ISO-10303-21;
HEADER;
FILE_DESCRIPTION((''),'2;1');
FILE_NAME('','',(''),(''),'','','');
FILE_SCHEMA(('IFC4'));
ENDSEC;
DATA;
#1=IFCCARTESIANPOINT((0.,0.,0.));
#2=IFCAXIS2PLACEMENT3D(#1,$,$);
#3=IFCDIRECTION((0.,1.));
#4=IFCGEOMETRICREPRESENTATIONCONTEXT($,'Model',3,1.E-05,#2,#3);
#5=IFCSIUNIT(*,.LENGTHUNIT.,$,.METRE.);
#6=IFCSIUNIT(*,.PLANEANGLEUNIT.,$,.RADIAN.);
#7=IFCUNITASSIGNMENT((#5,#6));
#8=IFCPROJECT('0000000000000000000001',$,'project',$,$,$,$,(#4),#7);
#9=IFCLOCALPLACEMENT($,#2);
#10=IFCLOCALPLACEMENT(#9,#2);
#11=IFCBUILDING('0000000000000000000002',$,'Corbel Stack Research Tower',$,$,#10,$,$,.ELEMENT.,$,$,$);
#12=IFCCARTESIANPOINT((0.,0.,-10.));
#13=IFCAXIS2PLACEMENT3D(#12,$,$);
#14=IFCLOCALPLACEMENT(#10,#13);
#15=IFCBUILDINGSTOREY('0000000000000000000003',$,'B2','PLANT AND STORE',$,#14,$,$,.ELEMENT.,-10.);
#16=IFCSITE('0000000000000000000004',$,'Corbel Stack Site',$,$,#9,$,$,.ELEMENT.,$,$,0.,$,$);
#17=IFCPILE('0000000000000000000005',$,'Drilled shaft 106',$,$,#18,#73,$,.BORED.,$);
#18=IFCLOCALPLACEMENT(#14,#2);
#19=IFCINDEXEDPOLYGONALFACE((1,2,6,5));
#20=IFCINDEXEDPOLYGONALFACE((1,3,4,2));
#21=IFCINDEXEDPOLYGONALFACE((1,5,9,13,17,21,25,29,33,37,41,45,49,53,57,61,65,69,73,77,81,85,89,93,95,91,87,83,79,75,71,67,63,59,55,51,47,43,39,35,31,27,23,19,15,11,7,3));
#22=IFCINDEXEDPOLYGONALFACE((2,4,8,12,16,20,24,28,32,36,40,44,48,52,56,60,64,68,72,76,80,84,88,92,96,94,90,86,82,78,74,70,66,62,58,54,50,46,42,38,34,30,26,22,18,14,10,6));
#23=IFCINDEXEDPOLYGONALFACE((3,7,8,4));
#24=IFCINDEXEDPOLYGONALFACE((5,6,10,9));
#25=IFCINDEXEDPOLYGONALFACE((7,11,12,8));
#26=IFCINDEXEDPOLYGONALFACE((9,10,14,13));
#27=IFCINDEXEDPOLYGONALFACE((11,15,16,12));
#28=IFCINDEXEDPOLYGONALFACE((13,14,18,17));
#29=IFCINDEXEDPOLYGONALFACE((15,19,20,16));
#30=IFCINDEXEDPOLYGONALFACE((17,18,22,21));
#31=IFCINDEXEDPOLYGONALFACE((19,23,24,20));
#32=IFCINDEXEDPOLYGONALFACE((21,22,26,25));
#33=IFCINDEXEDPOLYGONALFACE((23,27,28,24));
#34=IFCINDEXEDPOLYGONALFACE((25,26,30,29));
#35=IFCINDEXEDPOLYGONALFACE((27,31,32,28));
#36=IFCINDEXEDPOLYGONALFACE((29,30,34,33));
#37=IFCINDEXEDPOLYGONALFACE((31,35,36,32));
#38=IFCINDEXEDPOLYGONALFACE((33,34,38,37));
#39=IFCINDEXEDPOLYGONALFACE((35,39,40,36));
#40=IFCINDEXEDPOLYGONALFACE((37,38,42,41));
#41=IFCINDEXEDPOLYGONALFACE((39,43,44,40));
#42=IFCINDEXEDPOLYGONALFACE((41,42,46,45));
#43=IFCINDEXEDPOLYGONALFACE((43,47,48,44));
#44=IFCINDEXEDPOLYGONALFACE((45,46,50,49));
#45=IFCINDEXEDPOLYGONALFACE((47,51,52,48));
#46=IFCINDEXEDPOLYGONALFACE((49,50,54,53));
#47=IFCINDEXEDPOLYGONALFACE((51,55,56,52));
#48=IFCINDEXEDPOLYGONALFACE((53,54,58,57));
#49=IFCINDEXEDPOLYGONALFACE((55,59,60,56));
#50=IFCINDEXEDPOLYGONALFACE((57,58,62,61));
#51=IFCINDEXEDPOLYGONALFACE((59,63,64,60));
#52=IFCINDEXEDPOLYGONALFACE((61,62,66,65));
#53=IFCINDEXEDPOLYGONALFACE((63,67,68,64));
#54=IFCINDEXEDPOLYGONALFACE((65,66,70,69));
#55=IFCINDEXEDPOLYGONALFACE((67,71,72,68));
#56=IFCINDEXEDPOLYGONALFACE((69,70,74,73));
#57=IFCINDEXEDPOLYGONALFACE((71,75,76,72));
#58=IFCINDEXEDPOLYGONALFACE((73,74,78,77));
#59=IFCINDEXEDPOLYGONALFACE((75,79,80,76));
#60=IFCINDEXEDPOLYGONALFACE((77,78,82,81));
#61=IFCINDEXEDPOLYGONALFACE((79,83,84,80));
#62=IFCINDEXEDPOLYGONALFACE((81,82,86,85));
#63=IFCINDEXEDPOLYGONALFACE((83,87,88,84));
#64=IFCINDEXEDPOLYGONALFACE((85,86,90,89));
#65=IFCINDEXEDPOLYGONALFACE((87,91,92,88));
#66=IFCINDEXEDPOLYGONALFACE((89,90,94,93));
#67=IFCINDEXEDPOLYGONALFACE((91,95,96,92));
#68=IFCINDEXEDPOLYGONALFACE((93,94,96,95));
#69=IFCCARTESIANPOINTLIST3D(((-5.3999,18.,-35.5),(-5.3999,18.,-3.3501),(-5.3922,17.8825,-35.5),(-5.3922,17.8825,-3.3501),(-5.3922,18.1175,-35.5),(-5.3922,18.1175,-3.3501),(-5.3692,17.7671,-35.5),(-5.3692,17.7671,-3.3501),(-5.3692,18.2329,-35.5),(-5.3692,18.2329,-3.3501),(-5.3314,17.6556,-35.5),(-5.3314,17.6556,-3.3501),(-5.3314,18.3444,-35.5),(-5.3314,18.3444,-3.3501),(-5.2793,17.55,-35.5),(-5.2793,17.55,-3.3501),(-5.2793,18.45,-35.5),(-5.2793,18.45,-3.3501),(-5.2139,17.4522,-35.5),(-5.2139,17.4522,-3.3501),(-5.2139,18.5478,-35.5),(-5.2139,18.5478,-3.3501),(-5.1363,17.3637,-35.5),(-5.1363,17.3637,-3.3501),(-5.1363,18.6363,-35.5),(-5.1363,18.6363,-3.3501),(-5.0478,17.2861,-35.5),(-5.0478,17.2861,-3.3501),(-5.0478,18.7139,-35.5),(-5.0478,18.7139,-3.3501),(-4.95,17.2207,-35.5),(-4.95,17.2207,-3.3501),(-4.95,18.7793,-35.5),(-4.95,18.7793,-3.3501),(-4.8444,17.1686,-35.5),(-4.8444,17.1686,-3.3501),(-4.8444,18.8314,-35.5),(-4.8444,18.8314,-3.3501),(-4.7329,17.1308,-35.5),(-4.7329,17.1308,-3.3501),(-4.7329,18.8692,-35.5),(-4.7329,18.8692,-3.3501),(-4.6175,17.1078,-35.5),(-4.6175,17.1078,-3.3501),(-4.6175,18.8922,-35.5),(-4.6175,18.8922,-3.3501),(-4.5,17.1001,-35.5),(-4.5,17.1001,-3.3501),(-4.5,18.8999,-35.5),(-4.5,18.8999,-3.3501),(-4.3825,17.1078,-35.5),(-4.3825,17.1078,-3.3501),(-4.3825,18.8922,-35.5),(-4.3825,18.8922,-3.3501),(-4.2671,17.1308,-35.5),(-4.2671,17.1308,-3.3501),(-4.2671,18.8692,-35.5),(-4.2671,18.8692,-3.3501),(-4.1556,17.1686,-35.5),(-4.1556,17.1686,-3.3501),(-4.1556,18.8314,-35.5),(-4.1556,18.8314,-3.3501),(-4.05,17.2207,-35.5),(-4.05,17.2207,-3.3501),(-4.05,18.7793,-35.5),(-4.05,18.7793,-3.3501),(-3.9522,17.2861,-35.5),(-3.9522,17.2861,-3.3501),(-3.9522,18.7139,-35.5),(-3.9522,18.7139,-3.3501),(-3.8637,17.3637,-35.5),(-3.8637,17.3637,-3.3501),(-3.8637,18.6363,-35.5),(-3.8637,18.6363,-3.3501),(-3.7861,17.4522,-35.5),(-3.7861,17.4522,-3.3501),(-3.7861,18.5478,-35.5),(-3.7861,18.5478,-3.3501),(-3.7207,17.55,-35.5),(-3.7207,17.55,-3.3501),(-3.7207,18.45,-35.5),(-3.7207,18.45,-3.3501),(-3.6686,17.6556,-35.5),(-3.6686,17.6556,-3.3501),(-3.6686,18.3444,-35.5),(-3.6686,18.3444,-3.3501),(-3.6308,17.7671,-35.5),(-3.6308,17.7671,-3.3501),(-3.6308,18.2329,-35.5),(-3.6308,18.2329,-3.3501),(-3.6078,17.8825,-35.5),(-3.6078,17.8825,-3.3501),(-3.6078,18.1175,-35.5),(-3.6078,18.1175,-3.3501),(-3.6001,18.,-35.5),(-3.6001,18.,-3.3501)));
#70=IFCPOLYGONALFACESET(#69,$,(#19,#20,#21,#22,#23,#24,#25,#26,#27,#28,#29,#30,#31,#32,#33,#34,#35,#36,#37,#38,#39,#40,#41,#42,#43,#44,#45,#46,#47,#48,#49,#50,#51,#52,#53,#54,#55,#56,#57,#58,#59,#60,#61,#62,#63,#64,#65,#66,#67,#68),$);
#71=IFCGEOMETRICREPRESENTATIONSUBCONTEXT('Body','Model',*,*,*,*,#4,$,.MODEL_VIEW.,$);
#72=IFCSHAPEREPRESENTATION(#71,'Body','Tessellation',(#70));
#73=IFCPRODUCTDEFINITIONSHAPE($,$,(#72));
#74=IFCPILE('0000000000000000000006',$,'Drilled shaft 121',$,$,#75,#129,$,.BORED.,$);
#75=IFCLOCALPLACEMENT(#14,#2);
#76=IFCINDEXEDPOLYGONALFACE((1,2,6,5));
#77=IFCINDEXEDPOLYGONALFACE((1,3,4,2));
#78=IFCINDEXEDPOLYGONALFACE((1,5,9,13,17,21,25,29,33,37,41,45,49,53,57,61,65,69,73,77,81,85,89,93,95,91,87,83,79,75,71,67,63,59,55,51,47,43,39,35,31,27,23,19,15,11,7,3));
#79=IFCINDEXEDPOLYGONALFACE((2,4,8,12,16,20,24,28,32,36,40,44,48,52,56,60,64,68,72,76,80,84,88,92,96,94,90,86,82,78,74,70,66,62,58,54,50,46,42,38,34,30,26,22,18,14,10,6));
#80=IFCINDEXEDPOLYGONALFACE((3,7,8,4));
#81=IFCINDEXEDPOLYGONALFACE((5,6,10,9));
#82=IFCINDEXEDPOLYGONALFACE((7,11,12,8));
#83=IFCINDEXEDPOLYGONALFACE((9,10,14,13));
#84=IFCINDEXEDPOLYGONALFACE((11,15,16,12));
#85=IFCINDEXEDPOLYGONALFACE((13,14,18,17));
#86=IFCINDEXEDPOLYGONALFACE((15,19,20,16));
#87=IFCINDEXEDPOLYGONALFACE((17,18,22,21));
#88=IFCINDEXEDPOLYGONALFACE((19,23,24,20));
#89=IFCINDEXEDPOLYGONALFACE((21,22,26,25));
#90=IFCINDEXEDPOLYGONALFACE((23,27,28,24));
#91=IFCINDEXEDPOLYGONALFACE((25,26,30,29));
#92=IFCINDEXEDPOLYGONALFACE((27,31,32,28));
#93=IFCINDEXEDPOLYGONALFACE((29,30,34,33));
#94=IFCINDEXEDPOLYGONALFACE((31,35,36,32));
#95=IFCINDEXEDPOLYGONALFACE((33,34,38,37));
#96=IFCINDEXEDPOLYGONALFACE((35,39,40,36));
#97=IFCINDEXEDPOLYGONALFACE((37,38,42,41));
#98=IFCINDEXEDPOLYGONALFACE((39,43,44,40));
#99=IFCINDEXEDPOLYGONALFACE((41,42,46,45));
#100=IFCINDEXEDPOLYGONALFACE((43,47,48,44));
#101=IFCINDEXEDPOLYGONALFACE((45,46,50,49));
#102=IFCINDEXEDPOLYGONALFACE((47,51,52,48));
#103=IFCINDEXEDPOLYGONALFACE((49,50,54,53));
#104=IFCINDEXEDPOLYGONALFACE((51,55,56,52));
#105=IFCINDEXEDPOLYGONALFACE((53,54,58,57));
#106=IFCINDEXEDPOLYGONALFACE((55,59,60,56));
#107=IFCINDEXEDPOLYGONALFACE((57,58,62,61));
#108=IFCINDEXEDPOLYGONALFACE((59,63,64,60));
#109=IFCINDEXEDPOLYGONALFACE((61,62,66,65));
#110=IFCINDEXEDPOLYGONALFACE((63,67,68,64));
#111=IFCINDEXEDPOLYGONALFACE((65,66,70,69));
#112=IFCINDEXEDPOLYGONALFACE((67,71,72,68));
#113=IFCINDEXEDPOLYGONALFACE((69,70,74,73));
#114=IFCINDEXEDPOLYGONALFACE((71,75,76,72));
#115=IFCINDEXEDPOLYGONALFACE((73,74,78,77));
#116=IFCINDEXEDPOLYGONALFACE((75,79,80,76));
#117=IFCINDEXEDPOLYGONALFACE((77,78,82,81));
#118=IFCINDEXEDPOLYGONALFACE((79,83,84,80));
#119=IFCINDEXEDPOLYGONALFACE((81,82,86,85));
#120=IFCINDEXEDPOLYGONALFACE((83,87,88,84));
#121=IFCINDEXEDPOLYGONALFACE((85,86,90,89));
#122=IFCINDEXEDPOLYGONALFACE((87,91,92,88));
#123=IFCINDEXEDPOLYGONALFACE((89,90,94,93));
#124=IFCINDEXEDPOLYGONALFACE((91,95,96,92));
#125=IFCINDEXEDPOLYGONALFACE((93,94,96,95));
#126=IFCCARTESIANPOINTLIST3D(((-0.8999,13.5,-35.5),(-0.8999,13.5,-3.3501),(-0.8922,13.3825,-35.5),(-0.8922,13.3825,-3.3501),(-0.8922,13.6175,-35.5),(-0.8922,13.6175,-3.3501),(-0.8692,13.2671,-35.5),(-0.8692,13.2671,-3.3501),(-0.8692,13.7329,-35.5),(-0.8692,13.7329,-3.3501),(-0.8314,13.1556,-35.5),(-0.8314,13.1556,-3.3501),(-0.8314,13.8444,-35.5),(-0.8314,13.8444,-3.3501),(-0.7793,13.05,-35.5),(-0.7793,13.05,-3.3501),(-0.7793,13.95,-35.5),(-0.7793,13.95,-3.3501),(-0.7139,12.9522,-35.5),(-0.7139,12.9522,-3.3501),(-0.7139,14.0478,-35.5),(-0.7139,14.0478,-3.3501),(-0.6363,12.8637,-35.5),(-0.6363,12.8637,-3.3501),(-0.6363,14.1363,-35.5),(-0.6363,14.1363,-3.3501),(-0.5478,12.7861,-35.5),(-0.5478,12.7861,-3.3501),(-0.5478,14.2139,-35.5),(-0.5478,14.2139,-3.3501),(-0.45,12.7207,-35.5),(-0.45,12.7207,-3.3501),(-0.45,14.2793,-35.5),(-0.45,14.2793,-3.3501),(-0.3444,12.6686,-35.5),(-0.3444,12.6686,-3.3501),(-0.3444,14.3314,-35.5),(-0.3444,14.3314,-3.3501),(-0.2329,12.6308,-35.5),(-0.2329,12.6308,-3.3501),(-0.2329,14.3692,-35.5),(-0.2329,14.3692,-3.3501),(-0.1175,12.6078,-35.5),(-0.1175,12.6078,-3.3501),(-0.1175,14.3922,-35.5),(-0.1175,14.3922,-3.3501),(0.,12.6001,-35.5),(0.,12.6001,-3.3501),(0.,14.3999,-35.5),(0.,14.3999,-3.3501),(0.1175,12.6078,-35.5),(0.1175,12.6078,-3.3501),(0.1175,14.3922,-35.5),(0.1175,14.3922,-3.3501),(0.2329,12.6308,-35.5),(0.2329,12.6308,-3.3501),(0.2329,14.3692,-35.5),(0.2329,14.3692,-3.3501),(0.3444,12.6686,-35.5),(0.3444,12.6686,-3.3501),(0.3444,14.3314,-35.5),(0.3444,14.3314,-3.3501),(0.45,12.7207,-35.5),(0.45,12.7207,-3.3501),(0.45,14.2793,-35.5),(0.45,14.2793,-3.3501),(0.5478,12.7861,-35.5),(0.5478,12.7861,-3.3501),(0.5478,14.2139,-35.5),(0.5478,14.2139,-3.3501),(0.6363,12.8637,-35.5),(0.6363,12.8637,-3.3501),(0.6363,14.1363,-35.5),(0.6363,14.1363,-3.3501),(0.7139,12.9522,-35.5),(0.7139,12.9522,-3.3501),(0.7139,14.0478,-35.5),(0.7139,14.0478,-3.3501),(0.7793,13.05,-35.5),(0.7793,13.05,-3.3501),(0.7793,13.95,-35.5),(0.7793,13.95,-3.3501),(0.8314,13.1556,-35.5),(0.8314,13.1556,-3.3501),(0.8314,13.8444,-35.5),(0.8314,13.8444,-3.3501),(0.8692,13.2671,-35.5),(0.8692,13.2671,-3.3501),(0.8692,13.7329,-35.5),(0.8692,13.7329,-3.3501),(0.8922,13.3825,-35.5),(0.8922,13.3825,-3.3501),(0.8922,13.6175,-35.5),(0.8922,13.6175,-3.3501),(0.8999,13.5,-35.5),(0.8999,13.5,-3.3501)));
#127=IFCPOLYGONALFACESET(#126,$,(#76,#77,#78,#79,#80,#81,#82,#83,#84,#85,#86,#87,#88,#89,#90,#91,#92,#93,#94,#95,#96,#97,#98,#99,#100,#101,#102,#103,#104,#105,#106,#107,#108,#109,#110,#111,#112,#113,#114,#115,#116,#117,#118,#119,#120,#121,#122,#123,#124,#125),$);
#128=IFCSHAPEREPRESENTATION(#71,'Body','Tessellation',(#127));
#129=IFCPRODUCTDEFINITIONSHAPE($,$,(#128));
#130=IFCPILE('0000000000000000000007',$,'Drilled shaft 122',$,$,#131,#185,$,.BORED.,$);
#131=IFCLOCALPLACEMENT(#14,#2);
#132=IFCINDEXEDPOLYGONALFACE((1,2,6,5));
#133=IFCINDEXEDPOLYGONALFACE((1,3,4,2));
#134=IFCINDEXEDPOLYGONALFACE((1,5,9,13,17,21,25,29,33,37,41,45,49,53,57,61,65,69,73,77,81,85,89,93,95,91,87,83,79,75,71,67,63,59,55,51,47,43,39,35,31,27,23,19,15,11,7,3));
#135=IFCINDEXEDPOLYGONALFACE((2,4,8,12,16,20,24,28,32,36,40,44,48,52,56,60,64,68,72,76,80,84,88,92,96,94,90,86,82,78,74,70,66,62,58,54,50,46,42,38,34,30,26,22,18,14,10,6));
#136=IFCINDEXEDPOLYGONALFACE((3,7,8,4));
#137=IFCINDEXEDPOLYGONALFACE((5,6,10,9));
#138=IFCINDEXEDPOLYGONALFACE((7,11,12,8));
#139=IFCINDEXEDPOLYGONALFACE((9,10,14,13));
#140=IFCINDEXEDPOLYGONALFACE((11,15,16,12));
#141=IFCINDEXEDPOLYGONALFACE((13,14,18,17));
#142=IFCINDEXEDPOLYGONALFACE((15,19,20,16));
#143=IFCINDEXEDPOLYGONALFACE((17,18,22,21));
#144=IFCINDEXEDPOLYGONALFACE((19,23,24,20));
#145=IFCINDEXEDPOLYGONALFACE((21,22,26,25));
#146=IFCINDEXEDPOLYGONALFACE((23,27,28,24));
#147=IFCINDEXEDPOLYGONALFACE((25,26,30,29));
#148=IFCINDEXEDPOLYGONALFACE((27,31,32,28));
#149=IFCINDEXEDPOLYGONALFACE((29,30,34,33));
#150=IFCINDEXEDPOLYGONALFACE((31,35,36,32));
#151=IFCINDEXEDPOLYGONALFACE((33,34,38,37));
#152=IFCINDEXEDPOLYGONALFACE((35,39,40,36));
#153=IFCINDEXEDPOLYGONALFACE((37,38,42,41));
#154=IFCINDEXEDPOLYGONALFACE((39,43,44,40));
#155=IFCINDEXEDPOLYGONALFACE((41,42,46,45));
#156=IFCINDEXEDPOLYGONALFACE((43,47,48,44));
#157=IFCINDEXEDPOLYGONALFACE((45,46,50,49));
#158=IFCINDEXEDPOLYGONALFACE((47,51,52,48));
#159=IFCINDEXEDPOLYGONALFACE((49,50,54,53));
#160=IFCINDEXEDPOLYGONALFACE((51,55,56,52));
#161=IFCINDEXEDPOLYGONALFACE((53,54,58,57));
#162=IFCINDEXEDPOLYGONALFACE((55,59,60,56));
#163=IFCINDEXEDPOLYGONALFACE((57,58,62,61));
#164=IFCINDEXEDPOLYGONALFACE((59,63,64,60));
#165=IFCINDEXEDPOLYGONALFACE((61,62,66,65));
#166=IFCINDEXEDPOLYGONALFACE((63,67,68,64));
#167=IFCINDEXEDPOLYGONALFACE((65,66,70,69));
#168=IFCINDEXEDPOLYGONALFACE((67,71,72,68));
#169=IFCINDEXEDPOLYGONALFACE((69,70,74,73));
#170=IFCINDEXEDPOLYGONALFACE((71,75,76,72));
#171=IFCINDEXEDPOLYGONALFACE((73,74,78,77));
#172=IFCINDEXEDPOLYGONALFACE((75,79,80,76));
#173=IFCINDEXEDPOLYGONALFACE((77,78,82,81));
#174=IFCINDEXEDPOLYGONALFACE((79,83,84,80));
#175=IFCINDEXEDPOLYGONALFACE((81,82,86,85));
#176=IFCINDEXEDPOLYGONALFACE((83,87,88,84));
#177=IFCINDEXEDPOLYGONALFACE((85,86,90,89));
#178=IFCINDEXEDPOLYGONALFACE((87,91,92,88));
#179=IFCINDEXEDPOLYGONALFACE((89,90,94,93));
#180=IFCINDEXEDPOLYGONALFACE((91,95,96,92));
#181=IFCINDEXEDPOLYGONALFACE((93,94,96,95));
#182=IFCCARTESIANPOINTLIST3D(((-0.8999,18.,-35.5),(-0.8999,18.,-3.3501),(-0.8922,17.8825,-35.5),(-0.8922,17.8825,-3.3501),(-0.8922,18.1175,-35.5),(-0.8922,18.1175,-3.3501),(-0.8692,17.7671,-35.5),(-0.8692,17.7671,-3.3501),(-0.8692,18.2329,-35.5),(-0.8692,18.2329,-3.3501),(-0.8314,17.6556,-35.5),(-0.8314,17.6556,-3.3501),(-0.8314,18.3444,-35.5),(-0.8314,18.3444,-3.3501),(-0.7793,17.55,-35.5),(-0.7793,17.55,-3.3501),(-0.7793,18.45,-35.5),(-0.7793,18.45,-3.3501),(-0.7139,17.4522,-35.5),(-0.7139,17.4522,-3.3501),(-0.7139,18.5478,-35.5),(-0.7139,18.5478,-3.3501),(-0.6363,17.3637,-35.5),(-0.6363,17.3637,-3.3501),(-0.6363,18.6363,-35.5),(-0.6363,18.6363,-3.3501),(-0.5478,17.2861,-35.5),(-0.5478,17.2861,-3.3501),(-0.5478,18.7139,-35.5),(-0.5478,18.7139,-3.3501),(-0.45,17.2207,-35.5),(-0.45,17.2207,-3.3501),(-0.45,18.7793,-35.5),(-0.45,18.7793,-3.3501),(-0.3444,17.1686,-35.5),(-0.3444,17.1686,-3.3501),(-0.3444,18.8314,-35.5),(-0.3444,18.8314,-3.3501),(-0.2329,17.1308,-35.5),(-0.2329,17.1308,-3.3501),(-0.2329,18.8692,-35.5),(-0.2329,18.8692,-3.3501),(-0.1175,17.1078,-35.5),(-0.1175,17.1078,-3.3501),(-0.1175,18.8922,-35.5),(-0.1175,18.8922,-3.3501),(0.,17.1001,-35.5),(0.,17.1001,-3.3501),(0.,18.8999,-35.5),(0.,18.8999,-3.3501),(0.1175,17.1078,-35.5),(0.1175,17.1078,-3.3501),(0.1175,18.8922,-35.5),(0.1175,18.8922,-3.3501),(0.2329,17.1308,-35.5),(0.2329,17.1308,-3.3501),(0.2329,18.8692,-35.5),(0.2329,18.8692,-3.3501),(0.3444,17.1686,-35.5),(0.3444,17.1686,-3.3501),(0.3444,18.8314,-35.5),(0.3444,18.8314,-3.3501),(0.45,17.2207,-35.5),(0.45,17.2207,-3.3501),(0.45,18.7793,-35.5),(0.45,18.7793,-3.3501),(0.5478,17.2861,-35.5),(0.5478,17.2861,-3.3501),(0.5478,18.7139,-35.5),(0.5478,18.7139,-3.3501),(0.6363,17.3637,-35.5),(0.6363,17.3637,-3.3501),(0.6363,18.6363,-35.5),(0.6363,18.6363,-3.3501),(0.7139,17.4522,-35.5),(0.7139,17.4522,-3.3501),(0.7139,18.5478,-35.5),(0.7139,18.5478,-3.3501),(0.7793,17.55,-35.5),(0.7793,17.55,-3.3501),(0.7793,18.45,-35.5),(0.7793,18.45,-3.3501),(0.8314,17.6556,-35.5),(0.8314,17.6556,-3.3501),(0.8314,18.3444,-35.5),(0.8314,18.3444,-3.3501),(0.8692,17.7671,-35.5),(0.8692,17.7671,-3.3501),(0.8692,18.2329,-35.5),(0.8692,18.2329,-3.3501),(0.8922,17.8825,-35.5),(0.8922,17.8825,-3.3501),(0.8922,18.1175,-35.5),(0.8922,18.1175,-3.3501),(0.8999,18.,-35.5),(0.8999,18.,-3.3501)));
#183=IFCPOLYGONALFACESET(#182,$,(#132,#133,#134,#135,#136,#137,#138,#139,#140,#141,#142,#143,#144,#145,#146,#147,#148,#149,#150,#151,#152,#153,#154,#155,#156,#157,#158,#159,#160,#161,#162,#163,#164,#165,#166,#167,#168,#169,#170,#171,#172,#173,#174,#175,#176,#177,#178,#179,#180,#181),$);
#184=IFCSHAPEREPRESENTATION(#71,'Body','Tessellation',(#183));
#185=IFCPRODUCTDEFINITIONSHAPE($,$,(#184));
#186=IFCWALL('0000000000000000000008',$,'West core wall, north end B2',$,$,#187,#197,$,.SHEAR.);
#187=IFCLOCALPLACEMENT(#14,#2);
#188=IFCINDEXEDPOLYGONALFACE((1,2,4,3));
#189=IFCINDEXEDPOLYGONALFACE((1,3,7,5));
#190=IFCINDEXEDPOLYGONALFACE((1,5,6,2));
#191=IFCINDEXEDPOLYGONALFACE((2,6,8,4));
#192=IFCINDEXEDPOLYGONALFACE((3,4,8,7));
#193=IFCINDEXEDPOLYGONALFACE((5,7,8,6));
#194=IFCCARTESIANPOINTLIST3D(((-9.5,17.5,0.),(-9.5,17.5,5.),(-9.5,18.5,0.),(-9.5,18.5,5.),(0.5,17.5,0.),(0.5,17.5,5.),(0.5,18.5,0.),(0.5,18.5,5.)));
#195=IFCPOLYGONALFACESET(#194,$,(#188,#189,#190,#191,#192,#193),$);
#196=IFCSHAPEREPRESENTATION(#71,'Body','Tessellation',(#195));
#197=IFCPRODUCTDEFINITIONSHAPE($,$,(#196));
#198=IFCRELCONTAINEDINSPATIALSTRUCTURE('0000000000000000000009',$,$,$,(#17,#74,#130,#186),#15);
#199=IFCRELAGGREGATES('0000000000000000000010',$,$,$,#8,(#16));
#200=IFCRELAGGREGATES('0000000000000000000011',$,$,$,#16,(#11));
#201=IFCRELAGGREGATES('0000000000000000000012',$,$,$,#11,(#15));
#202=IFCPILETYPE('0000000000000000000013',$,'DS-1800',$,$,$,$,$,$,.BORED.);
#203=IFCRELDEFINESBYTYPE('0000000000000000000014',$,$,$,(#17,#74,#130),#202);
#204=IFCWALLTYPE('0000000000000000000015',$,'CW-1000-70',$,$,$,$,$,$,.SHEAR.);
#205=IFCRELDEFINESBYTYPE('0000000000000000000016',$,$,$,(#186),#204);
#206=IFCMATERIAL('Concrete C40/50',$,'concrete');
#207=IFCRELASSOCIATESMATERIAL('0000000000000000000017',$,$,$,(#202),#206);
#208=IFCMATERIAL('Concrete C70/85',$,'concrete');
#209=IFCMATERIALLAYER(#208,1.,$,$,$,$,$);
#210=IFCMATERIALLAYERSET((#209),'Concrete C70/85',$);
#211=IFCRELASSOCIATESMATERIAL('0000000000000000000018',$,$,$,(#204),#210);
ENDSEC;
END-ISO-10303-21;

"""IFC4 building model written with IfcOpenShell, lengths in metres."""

from ifc_helpers import new_model, si_unit, direction, frame, frame_2d, origin, origin_2d, place, context, subcontext, project, spatial, rectangle, circle, extrude, material, layer, layer_set, material_profile, profile_set, type_object, element, save


model = new_model("IFC4")

# Units and contexts
model_context = context("Model", 3, precision=1e-05, world=origin(), true_north=direction((0.0, 1.0)))
body_context = subcontext(model_context, "Body", "Model", "MODEL_VIEW")
ifc_project = project(units=[si_unit("LENGTHUNIT", "METRE"), si_unit("PLANEANGLEUNIT", "RADIAN")], contexts=[model_context])

# Site, building, storey
site_placement = place(None, origin())
site = spatial("IfcSite", under=ifc_project, at=site_placement, Name="Corbel Stack Site", CompositionType="ELEMENT", RefElevation=0.0)
building_placement = place(site_placement, origin())
building = spatial("IfcBuilding", under=site, at=building_placement, Name="Corbel Stack Research Tower", CompositionType="ELEMENT")
storey_placement = place(building_placement, frame((0.0, 0.0, -10.0)))
storey = spatial("IfcBuildingStorey", under=building, at=storey_placement, Name="B2", Description="PLANT AND STORE", CompositionType="ELEMENT", Elevation=-10.0)

# Piles
ifc_material_1 = material(Name="Concrete C40/50", Category="concrete")
ifc_material_profile = material_profile(ifc_material_1, circle(Radius=0.8999, at=origin_2d()), Name="Shaft 1800")
ifc_profile_set = profile_set([ifc_material_profile], Name="Concrete C40/50")
pile_type = type_object("IfcPileType", Name="DS-1800", PredefinedType="BORED", material=ifc_profile_set)
for number, where, z_axis, x_axis, name in (
    (1, (-4.5, 18.0, -3.3501), (0.0, 0.0, -1.0), (1.0, 0.0, 0.0), "Drilled shaft 106"),
    (2, (0.0, 13.5, -3.3501), (0.0, 0.0, -1.0), (1.0, 0.0, 0.0), "Drilled shaft 121"),
    (3, (0.0, 18.0, -3.3501), (0.0, 0.0, -1.0), (1.0, 0.0, 0.0), "Drilled shaft 122"),
):
    element("IfcPile", number, at=place(storey_placement, frame(where, z_axis=z_axis, x_axis=x_axis)), inside=storey, type_object=pile_type, Name=name, PredefinedType="BORED", context=body_context, shape_type="SweptSolid", body=[
        extrude(circle(Radius=0.8999, at=origin_2d()), origin(), (0.0, 0.0, 1.0), 32.1499),
    ])

# Wall
ifc_material_2 = material(Name="Concrete C70/85", Category="concrete")
ifc_layer_1 = layer(ifc_material_2, 1.0)
ifc_layer_set_1 = layer_set([ifc_layer_1], Name="Concrete C70/85")
wall_type_1 = type_object("IfcWallType", Name="CW-1000-70", PredefinedType="SHEAR", material=ifc_layer_set_1)
wall_placement = place(storey_placement, frame((-9.5, 18.0, 0.0), z_axis=(0.0, 0.0, 1.0), x_axis=(1.0, 0.0, 0.0)))
element("IfcWall", 4, at=wall_placement, inside=storey, type_object=wall_type_1, Name="West core wall, north end B2", PredefinedType="SHEAR", context=body_context, shape_type="SweptSolid", body=[
    extrude(rectangle(XDim=10.0, YDim=1.0, at=frame_2d((5.0, 0.0))), origin(), (0.0, 0.0, 1.0), 5.0),
])

save(model, "model.ifc")
